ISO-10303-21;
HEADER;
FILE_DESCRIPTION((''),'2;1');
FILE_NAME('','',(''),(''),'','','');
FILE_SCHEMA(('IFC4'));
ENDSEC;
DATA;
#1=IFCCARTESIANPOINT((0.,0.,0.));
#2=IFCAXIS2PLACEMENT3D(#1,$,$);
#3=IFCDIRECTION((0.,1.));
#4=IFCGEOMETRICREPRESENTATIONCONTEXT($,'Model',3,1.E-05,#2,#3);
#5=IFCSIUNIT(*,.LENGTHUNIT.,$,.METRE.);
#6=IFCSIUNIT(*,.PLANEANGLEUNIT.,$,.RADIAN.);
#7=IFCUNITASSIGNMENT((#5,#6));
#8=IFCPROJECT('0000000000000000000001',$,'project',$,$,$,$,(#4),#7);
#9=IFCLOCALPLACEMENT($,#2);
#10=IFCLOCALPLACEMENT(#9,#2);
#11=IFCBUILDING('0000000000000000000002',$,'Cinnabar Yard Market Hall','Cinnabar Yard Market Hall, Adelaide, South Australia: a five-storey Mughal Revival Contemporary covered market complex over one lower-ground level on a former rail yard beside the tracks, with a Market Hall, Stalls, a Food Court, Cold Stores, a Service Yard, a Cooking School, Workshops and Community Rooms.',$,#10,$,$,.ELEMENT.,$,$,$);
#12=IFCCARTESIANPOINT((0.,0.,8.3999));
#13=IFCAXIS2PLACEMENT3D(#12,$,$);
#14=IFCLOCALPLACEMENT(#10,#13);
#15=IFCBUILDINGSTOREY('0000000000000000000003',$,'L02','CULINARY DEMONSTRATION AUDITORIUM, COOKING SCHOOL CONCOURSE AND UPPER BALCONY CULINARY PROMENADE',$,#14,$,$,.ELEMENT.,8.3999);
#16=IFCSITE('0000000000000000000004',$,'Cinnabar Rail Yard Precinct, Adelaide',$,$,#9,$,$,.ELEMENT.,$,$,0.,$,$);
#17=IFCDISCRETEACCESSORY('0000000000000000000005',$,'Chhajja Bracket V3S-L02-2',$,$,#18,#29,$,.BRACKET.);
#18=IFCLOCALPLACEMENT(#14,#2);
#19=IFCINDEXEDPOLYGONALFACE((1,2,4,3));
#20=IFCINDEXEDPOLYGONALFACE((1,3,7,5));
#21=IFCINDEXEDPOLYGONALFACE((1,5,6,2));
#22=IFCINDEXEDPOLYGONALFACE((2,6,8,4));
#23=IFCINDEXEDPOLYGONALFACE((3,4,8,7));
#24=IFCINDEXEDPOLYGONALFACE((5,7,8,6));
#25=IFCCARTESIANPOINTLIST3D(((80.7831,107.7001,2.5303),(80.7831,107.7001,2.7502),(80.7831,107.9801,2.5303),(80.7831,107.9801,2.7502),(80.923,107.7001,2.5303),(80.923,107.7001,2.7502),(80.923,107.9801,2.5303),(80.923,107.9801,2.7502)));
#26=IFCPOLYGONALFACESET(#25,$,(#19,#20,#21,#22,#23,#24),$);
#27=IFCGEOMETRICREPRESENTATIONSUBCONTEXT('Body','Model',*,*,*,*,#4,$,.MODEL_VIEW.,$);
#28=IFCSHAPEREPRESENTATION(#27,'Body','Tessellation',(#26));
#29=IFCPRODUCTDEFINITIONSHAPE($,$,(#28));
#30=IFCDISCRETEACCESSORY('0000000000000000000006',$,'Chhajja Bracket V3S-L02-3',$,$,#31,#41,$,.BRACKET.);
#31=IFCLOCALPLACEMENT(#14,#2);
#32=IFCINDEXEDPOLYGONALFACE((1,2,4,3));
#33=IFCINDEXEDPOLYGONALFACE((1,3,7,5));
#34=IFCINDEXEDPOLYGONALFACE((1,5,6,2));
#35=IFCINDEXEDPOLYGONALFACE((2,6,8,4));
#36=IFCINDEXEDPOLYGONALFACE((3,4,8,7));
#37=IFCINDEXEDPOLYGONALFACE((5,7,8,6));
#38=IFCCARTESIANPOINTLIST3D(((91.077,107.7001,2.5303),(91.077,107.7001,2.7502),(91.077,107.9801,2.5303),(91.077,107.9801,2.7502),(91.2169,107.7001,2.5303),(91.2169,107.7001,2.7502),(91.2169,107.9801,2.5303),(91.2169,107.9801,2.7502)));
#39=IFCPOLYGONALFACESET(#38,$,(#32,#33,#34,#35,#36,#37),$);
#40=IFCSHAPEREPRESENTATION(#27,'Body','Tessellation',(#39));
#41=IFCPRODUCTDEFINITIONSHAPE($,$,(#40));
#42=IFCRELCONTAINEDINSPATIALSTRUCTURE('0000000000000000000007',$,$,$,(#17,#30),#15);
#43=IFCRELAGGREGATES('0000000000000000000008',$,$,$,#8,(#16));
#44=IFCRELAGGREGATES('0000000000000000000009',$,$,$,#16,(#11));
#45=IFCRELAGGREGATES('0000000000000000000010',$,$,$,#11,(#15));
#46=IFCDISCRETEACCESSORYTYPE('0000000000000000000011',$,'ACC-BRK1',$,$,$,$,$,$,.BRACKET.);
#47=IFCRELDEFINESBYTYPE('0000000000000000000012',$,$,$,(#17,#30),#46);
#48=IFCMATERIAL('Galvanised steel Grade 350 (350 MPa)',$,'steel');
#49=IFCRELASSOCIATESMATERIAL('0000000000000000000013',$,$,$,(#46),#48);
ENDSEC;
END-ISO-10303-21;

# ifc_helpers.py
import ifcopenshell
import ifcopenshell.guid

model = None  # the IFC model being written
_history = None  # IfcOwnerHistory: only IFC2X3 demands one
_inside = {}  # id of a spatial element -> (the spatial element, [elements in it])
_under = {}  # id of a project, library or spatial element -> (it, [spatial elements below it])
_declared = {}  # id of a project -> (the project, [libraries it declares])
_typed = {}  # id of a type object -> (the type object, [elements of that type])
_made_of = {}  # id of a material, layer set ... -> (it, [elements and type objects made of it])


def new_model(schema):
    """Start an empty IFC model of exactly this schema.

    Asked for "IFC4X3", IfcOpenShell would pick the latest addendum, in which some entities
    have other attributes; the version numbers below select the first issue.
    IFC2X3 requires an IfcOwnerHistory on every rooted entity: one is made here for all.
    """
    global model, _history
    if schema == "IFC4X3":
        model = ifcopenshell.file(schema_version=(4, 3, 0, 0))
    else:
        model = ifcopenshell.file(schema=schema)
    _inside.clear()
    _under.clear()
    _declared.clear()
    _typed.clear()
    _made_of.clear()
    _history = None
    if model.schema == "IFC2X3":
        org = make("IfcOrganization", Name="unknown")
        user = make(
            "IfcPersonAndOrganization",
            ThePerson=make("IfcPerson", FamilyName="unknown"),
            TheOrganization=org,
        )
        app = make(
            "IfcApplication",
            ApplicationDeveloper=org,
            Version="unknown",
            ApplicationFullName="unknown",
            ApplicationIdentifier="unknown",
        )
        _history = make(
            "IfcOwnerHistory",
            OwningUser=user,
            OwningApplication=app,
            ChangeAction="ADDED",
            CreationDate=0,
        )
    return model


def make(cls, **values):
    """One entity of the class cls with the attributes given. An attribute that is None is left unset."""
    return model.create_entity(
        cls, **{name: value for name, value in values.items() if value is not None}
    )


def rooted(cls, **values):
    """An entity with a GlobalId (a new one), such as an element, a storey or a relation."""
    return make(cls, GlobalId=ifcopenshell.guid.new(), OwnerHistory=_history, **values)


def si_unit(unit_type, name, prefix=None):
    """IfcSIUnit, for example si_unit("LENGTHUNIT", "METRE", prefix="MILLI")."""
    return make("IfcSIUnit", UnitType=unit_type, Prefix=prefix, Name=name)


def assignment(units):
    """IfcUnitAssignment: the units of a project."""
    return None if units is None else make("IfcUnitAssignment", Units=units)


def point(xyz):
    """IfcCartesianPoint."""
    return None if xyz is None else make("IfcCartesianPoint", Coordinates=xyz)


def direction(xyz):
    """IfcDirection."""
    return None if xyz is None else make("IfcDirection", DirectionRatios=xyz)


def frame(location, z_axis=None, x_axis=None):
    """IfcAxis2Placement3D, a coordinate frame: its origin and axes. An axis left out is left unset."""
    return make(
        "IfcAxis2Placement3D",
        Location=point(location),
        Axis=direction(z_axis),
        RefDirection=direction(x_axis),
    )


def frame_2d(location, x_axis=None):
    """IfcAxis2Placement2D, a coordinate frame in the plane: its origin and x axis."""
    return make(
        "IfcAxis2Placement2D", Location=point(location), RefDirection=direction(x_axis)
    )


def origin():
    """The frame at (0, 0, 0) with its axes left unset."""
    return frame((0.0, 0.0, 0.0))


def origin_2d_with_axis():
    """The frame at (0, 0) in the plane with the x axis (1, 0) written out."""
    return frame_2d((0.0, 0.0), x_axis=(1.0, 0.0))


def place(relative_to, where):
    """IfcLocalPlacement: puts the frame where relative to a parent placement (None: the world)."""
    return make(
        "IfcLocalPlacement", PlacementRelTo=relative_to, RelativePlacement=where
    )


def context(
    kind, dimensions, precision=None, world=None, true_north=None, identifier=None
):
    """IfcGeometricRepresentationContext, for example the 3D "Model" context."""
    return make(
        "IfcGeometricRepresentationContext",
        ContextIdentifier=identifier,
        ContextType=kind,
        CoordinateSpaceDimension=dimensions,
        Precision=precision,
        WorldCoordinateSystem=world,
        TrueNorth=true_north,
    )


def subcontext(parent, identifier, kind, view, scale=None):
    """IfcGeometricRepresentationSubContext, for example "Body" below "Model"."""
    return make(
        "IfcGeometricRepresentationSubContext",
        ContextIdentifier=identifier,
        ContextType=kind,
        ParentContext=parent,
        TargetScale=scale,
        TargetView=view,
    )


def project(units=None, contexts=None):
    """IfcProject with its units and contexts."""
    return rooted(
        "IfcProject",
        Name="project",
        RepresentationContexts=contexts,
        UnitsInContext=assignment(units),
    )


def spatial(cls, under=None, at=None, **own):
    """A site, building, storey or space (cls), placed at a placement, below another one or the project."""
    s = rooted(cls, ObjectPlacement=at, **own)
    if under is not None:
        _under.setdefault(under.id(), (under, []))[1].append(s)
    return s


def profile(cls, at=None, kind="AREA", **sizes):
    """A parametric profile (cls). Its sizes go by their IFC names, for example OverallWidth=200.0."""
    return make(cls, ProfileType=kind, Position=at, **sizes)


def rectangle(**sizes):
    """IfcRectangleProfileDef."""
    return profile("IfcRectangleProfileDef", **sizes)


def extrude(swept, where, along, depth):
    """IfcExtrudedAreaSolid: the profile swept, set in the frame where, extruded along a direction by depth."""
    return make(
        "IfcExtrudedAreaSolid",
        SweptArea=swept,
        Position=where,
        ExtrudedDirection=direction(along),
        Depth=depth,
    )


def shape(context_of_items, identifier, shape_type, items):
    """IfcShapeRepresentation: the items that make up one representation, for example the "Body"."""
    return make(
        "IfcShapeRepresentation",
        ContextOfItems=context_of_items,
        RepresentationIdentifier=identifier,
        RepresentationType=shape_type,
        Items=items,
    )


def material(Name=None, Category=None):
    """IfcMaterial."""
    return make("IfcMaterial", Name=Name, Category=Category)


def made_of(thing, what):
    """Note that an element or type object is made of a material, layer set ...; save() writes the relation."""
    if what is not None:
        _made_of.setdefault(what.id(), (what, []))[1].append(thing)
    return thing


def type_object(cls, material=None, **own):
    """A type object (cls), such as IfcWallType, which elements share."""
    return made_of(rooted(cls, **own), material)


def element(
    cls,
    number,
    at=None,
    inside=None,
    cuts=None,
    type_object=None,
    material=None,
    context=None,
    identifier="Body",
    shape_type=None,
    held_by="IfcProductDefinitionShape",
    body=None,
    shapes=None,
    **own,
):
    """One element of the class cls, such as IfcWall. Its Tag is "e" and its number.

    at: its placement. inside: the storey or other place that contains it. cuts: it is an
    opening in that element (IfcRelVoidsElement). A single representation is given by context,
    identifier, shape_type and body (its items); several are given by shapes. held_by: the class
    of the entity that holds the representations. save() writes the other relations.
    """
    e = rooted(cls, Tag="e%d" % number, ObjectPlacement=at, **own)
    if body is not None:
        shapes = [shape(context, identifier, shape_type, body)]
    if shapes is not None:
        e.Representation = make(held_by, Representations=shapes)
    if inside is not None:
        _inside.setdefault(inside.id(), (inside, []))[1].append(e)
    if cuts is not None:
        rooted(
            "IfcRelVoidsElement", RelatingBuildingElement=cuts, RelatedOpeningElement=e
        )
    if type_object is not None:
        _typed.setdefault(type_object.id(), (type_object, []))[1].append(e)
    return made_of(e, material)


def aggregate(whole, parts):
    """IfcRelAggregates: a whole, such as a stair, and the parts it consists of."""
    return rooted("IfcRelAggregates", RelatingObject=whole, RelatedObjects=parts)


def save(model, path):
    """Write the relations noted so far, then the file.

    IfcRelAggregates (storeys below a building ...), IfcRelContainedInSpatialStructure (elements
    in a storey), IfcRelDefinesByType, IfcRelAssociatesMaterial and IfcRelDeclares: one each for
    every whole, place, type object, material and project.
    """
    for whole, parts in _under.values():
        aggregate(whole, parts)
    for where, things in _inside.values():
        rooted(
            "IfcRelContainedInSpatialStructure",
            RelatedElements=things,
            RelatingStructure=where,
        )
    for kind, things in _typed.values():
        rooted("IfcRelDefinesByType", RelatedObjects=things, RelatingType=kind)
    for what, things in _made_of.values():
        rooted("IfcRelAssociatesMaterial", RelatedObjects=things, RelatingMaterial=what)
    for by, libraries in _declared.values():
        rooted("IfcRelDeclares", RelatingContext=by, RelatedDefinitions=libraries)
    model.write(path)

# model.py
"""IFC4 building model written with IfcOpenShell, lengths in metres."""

from ifc_helpers import new_model, si_unit, direction, frame, origin, origin_2d_with_axis, place, context, subcontext, project, spatial, rectangle, extrude, material, type_object, element, save


model = new_model("IFC4")

# Units and contexts
model_context = context("Model", 3, precision=1e-05, world=origin(), true_north=direction((0.0, 1.0)))
body_context = subcontext(model_context, "Body", "Model", "MODEL_VIEW")
ifc_project = project(units=[si_unit("LENGTHUNIT", "METRE"), si_unit("PLANEANGLEUNIT", "RADIAN")], contexts=[model_context])

# Site, building, storey
site_placement = place(None, origin())
site = spatial("IfcSite", under=ifc_project, at=site_placement, Name="Cinnabar Rail Yard Precinct, Adelaide", CompositionType="ELEMENT", RefElevation=0.0)
building_placement = place(site_placement, origin())
building = spatial("IfcBuilding", under=site, at=building_placement, Name="Cinnabar Yard Market Hall", Description="Cinnabar Yard Market Hall, Adelaide, South Australia: a five-storey Mughal Revival Contemporary covered market complex over one lower-ground level on a former rail yard beside the tracks, with a Market Hall, Stalls, a Food Court, Cold Stores, a Service Yard, a Cooking School, Workshops and Community Rooms.", CompositionType="ELEMENT")
storey_placement = place(building_placement, frame((0.0, 0.0, 8.3999)))
storey = spatial("IfcBuildingStorey", under=building, at=storey_placement, Name="L02", Description="CULINARY DEMONSTRATION AUDITORIUM, COOKING SCHOOL CONCOURSE AND UPPER BALCONY CULINARY PROMENADE", CompositionType="ELEMENT", Elevation=8.3999)

# Discrete accessories
ifc_material_1 = material(Name="Galvanised steel Grade 350 (350 MPa)", Category="steel")
discrete_accessory_type = type_object("IfcDiscreteAccessoryType", Name="ACC-BRK1", PredefinedType="BRACKET", material=ifc_material_1)
for number, where, z_axis, x_axis, name in (
    (1, (80.853, 107.8401, 2.5303), (0.0, 0.0, 1.0), (1.0, 0.0, 0.0), "Chhajja Bracket V3S-L02-2"),
    (2, (91.147, 107.8401, 2.5303), (0.0, 0.0, 1.0), (1.0, 0.0, 0.0), "Chhajja Bracket V3S-L02-3"),
):
    element("IfcDiscreteAccessory", number, at=place(storey_placement, frame(where, z_axis=z_axis, x_axis=x_axis)), inside=storey, type_object=discrete_accessory_type, Name=name, PredefinedType="BRACKET", context=body_context, shape_type="SweptSolid", body=[
        extrude(rectangle(XDim=0.1399, YDim=0.28, at=origin_2d_with_axis()), origin(), (0.0, 0.0, 1.0), 0.22),
    ])

save(model, "model.ifc")
